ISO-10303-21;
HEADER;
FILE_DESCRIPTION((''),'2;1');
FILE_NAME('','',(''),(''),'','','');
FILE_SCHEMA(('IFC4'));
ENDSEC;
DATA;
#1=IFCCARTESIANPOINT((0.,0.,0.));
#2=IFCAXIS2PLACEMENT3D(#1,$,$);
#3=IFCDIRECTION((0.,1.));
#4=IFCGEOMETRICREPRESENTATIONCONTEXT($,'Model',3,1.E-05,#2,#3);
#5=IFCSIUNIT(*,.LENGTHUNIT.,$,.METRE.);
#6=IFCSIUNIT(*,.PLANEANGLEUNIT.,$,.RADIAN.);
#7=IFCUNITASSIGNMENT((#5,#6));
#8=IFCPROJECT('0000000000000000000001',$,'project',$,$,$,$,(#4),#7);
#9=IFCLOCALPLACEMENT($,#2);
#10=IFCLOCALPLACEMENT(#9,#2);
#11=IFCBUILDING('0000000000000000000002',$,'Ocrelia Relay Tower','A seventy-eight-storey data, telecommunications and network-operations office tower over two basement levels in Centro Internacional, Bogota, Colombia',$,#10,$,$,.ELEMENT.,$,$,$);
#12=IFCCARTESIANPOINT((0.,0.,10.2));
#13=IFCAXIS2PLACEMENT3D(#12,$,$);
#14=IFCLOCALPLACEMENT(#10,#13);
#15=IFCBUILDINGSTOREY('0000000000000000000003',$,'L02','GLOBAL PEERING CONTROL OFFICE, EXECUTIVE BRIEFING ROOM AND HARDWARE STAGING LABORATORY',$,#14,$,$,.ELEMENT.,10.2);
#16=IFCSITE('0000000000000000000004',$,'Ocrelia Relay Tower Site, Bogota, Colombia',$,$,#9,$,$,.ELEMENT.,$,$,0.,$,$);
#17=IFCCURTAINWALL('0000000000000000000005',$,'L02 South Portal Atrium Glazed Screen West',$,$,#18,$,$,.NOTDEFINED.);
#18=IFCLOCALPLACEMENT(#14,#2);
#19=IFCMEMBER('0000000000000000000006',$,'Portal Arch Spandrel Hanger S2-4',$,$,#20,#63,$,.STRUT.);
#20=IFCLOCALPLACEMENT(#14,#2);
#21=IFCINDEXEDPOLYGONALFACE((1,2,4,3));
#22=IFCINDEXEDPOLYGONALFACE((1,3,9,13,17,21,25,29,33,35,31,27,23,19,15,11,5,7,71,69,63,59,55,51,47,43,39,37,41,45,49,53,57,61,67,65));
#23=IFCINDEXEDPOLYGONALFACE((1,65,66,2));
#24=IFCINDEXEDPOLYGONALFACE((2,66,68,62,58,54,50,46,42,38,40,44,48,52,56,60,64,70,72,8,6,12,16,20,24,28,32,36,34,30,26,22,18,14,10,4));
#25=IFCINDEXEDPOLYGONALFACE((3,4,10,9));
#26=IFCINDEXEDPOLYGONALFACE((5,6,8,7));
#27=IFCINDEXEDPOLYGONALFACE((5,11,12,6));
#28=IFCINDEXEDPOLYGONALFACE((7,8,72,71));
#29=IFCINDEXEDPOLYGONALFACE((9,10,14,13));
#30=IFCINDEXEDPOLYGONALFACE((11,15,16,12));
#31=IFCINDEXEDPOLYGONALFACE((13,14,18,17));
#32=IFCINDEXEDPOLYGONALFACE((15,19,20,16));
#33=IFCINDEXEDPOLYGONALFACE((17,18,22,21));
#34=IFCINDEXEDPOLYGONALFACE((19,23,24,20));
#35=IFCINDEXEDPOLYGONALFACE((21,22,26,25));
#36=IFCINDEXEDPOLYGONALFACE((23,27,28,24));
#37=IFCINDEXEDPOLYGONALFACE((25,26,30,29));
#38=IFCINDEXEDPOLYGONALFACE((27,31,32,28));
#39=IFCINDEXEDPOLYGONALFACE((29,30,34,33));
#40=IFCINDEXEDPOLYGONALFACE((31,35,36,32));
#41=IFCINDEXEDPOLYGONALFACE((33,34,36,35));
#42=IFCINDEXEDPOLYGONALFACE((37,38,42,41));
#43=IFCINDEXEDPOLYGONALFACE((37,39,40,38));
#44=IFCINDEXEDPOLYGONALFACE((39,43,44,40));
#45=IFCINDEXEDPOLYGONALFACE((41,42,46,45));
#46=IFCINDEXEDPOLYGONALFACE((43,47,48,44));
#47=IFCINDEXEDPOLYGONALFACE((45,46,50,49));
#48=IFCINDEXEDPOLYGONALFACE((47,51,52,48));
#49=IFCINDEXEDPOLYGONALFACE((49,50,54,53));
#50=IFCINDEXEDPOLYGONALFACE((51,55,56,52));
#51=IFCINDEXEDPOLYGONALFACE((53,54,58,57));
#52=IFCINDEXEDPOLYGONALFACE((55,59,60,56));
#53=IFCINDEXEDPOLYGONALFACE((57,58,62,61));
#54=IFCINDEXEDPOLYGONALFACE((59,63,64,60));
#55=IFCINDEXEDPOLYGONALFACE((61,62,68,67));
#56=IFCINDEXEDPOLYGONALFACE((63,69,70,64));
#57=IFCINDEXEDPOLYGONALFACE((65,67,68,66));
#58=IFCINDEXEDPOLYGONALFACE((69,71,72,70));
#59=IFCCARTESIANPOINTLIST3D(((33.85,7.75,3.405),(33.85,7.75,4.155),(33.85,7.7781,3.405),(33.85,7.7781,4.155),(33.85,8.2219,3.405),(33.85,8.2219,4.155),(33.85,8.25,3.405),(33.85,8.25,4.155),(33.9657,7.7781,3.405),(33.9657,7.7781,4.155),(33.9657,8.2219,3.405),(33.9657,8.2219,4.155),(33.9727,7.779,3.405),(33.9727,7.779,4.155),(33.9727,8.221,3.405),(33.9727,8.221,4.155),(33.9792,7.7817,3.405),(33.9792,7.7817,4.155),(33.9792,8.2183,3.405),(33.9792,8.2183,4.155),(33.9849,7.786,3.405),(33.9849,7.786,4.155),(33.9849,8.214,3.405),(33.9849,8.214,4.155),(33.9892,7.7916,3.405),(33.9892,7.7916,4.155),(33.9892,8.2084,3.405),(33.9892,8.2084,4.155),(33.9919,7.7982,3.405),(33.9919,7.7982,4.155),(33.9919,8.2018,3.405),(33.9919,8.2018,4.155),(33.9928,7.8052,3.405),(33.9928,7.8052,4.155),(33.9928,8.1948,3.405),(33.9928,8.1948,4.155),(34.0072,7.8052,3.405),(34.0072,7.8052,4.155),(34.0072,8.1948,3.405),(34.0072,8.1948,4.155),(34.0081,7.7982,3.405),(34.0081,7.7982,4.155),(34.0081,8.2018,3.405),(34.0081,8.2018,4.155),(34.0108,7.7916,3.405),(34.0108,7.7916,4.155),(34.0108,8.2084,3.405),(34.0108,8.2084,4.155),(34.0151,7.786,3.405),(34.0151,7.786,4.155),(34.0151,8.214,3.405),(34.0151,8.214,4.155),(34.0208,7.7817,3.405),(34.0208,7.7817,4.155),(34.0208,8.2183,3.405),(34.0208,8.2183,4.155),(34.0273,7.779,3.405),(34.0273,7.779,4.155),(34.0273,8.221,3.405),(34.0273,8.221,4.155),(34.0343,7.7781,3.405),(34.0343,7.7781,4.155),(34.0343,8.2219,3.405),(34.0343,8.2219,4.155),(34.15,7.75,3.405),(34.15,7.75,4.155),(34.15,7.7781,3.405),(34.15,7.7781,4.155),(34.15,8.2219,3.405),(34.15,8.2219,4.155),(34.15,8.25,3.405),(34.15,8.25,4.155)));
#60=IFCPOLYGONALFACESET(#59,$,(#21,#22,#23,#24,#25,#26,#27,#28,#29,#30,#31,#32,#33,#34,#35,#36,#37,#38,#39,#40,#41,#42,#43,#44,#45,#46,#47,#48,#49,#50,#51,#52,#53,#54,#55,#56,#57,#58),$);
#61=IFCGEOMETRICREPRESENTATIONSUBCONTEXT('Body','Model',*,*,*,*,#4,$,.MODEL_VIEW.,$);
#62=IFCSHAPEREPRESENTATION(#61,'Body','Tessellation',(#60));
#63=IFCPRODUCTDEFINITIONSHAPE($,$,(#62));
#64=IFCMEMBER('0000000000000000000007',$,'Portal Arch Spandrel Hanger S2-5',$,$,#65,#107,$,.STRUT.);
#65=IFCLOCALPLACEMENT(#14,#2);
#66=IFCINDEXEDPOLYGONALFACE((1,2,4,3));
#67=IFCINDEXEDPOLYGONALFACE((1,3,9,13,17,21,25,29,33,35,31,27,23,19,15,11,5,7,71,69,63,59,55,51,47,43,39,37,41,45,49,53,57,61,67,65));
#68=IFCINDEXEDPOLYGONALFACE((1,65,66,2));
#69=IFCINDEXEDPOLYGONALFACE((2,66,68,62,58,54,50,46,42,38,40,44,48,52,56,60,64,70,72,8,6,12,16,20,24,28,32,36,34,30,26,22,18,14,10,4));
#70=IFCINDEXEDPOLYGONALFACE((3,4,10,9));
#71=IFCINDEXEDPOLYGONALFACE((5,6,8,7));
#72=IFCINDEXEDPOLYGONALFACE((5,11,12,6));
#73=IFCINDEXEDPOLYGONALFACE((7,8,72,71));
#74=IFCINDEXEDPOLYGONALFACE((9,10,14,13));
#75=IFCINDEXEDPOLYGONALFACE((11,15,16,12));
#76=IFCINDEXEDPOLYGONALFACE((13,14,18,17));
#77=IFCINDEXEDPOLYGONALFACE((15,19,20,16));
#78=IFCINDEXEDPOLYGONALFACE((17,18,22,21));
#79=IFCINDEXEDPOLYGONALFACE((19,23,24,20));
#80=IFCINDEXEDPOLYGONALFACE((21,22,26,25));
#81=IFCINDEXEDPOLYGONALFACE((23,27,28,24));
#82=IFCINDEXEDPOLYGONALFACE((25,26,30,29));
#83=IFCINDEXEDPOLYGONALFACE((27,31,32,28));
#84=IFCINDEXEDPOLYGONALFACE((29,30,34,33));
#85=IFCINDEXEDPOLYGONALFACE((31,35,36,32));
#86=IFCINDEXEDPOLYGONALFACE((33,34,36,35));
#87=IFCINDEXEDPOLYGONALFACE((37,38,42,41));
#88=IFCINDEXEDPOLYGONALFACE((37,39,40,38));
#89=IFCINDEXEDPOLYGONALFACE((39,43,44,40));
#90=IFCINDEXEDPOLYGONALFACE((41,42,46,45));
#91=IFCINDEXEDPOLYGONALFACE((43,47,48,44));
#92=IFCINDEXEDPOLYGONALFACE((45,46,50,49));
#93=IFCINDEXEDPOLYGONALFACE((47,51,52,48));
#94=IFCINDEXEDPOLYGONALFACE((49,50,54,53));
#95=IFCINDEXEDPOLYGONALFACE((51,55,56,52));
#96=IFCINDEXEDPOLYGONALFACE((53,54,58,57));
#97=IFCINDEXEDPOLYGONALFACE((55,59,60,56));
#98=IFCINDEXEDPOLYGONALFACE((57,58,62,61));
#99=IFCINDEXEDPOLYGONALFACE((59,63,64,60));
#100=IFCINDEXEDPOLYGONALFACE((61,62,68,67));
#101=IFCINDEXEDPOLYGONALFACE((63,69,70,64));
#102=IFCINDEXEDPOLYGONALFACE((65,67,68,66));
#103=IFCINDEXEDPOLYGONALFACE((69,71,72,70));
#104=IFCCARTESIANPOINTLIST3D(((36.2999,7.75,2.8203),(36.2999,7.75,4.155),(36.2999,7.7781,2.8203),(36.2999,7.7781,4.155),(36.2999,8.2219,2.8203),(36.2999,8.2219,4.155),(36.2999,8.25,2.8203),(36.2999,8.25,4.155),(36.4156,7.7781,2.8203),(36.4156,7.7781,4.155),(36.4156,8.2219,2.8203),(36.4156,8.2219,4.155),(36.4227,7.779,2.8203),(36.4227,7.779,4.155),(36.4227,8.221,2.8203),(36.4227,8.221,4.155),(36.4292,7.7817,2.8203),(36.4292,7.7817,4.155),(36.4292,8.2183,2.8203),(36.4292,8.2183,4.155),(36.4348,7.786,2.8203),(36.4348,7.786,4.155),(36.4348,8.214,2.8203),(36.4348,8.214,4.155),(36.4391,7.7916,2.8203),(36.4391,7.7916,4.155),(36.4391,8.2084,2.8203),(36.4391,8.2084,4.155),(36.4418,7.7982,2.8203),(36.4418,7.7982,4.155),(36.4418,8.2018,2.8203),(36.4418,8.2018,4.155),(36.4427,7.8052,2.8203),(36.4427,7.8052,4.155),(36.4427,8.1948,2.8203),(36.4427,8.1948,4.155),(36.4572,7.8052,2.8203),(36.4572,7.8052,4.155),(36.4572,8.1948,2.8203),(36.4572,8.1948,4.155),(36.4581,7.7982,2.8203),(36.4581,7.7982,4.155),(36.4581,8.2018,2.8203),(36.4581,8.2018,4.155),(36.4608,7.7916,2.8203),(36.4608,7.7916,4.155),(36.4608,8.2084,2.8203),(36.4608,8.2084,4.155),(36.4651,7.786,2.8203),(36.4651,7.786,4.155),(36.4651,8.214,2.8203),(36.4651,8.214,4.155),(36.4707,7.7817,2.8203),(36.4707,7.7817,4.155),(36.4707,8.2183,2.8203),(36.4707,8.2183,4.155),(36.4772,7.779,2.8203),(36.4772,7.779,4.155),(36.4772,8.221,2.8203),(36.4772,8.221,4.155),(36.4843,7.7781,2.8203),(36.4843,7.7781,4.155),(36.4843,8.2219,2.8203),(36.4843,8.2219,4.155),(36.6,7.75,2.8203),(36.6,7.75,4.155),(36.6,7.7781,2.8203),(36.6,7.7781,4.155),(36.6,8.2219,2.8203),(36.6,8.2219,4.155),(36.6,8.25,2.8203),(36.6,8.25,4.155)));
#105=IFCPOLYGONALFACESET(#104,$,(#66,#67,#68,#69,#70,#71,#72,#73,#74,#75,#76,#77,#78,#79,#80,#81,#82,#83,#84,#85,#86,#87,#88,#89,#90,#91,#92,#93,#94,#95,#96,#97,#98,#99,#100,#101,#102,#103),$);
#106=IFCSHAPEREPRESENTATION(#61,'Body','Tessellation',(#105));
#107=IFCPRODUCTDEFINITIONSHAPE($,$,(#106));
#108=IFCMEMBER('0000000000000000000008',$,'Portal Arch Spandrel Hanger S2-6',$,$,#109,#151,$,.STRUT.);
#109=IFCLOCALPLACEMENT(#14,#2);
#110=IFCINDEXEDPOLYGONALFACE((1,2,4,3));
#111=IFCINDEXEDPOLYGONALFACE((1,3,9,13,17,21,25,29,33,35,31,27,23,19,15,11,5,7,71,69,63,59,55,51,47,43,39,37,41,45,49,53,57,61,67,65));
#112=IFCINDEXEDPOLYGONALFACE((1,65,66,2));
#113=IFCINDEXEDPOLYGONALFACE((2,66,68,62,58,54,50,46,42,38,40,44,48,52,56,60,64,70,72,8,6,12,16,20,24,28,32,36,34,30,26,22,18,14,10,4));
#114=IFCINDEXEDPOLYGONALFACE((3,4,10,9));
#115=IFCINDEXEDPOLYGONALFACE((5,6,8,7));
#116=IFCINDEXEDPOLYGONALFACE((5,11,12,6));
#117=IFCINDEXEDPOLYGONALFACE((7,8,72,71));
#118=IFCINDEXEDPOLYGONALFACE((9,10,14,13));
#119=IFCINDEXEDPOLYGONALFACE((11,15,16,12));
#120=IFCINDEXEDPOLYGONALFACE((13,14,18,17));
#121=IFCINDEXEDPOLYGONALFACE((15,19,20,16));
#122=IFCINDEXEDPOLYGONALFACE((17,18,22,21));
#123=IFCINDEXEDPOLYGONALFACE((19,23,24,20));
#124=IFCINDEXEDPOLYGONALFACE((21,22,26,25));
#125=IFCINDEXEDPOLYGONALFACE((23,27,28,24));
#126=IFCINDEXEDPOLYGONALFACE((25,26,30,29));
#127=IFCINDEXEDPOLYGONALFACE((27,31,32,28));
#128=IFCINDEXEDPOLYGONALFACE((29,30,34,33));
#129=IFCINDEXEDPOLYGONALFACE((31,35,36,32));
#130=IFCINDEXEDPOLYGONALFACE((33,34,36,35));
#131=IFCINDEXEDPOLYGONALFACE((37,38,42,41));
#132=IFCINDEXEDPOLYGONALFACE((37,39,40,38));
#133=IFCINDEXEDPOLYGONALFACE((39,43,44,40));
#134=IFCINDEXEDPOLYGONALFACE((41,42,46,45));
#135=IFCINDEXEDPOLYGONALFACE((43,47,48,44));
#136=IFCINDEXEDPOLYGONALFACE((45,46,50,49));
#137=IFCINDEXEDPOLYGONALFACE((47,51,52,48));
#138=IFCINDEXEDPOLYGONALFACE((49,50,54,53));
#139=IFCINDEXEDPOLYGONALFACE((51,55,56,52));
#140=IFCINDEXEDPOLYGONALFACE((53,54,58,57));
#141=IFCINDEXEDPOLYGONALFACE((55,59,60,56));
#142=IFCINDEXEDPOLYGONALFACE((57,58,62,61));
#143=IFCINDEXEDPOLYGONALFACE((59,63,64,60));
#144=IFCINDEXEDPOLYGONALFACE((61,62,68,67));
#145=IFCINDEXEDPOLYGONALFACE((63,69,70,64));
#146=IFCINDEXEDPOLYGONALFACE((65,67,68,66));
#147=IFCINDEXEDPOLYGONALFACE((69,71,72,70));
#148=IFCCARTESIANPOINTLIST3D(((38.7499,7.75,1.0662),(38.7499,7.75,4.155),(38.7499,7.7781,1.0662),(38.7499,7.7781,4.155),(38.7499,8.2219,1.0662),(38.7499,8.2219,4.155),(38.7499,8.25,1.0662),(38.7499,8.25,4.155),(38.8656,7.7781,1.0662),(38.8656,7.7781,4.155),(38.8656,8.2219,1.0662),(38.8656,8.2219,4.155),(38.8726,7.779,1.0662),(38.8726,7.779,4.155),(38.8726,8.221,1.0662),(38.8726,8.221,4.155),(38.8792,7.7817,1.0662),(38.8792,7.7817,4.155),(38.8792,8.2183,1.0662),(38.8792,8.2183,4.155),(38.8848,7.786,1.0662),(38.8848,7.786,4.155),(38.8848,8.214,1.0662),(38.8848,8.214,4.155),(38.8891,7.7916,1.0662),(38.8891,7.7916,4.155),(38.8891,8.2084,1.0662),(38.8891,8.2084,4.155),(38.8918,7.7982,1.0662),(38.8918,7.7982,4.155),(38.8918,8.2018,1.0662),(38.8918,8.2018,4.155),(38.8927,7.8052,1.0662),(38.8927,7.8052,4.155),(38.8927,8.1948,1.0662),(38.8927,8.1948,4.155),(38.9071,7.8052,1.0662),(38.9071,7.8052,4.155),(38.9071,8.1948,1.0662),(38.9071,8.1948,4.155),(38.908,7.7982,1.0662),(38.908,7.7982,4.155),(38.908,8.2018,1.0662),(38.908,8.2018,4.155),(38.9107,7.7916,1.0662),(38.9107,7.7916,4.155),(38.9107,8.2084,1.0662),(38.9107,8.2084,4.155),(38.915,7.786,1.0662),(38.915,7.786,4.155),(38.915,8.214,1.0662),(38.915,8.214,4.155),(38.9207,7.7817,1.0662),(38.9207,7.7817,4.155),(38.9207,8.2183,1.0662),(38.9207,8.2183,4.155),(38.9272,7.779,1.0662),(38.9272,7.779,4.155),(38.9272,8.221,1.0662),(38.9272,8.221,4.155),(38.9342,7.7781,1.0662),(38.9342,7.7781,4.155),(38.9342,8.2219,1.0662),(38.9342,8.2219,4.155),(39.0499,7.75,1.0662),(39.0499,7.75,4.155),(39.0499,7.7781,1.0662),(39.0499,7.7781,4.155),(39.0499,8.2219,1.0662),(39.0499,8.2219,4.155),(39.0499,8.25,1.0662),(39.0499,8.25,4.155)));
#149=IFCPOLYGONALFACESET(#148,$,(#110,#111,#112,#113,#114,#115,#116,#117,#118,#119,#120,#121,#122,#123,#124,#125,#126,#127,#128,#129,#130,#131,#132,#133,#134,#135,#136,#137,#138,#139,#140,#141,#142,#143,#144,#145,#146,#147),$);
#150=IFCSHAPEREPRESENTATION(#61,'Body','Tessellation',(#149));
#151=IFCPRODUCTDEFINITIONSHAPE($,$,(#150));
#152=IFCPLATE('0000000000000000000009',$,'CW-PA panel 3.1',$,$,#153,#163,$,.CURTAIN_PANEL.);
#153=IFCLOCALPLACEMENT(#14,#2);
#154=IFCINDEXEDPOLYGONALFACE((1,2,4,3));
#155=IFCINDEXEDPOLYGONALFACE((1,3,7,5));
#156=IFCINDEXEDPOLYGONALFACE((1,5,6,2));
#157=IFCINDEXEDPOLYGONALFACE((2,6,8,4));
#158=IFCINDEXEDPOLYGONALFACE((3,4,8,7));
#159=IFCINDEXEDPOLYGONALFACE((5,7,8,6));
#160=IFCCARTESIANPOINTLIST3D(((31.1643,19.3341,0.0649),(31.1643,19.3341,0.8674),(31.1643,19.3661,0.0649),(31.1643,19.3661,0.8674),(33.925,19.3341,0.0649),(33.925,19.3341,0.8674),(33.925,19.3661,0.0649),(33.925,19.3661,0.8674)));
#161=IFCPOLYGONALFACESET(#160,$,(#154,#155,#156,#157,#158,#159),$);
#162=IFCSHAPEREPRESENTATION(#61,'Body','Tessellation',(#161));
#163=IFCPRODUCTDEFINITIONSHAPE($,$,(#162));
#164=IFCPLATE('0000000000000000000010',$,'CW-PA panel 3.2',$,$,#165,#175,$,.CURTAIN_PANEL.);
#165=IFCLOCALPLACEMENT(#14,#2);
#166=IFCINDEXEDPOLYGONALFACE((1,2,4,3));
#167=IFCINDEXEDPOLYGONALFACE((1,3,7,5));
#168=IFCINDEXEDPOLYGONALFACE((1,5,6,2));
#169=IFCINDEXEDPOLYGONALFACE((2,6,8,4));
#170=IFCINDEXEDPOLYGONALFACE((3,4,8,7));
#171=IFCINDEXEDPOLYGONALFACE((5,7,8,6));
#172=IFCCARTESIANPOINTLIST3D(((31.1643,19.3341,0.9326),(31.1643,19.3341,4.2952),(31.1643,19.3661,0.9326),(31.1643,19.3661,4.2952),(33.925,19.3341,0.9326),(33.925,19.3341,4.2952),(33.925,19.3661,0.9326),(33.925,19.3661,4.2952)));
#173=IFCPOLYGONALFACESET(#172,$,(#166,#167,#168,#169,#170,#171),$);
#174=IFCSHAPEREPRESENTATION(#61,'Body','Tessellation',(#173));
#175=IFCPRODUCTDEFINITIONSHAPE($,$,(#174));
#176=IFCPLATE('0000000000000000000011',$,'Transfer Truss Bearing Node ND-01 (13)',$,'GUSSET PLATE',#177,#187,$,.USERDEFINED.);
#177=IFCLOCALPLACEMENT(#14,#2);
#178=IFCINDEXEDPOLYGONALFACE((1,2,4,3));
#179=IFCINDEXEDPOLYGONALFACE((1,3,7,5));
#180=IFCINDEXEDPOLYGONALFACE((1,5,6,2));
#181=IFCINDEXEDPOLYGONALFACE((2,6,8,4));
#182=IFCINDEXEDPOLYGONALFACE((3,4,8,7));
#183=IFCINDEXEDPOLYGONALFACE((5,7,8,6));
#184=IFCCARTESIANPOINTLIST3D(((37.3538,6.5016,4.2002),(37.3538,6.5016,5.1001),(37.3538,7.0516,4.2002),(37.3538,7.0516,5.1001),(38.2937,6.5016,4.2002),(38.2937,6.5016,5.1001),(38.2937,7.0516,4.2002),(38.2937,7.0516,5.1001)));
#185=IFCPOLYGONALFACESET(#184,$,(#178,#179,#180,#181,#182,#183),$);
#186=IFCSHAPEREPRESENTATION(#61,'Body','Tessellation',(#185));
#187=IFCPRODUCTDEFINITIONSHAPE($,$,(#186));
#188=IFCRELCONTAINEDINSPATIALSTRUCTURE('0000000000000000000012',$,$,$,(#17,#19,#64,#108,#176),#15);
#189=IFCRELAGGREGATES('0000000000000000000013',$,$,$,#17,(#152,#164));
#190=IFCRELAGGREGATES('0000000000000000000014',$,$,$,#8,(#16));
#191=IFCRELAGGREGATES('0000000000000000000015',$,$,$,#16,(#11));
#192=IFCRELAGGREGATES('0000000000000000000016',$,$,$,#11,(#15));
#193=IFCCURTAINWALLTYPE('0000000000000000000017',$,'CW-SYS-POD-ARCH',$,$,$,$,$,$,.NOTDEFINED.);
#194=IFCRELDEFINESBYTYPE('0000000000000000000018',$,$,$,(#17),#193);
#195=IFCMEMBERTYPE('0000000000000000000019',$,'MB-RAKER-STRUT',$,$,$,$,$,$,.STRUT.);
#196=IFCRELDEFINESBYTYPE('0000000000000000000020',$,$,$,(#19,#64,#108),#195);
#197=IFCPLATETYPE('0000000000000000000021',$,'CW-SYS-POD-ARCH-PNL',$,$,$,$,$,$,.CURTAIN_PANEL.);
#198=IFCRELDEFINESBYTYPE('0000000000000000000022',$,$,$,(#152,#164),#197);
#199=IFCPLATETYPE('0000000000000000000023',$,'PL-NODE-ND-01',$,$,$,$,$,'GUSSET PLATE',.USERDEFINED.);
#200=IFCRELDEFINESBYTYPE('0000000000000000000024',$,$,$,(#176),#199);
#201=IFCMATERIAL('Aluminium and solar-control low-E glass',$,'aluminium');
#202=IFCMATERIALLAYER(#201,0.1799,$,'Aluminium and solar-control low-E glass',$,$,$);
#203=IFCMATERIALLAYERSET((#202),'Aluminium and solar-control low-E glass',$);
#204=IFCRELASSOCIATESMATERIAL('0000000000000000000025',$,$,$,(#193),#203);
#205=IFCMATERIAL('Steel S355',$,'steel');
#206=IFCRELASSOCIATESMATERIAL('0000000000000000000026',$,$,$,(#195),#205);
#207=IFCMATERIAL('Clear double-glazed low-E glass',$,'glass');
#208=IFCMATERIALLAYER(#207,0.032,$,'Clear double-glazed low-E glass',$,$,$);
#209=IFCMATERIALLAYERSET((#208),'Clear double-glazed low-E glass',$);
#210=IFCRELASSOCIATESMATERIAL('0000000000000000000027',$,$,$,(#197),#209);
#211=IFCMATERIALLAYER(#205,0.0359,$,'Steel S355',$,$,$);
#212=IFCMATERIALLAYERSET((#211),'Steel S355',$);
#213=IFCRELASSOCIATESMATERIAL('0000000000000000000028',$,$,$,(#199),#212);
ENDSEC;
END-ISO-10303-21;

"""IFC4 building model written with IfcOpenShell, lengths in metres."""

from ifc_helpers import new_model, si_unit, direction, frame, origin, origin_2d, place, context, subcontext, project, spatial, rectangle, i_section, extrude, material, layer, layer_set, material_profile, profile_set, type_object, element, aggregate, save


model = new_model("IFC4")

# Units and contexts
model_context = context("Model", 3, precision=1e-05, world=origin(), true_north=direction((0.0, 1.0)))
body_context = subcontext(model_context, "Body", "Model", "MODEL_VIEW")
ifc_project = project(units=[si_unit("LENGTHUNIT", "METRE"), si_unit("PLANEANGLEUNIT", "RADIAN")], contexts=[model_context])

# Site, building, storey
site_placement = place(None, origin())
site = spatial("IfcSite", under=ifc_project, at=site_placement, Name="Ocrelia Relay Tower Site, Bogota, Colombia", CompositionType="ELEMENT", RefElevation=0.0)
building_placement = place(site_placement, origin())
building = spatial("IfcBuilding", under=site, at=building_placement, Name="Ocrelia Relay Tower", Description="A seventy-eight-storey data, telecommunications and network-operations office tower over two basement levels in Centro Internacional, Bogota, Colombia", CompositionType="ELEMENT")
storey_placement = place(building_placement, frame((0.0, 0.0, 10.2)))
storey = spatial("IfcBuildingStorey", under=building, at=storey_placement, Name="L02", Description="GLOBAL PEERING CONTROL OFFICE, EXECUTIVE BRIEFING ROOM AND HARDWARE STAGING LABORATORY", CompositionType="ELEMENT", Elevation=10.2)

# Shared definitions
ifc_material_1 = material(Name="Steel S355", Category="steel")

# Curtain wall
ifc_material_2 = material(Name="Aluminium and solar-control low-E glass", Category="aluminium")
ifc_layer_1 = layer(ifc_material_2, 0.1799, Name="Aluminium and solar-control low-E glass")
ifc_layer_set_1 = layer_set([ifc_layer_1], Name="Aluminium and solar-control low-E glass")
curtain_wall_type = type_object("IfcCurtainWallType", Name="CW-SYS-POD-ARCH", PredefinedType="NOTDEFINED", material=ifc_layer_set_1)
curtain_wall_1_placement = place(storey_placement, origin())
curtain_wall_1 = element("IfcCurtainWall", 1, at=curtain_wall_1_placement, inside=storey, type_object=curtain_wall_type, Name="L02 South Portal Atrium Glazed Screen West", PredefinedType="NOTDEFINED")

# Members
ifc_material_profile_1 = material_profile(ifc_material_1, i_section(OverallWidth=0.3, OverallDepth=0.5, WebThickness=0.0144, FlangeThickness=0.0281, FilletRadius=0.0271, at=origin_2d()), Name="HEB 500")
ifc_profile_set_1 = profile_set([ifc_material_profile_1], Name="Steel S355")
member_type_1 = type_object("IfcMemberType", Name="MB-RAKER-STRUT", PredefinedType="STRUT", material=ifc_profile_set_1)
member_1_placement = place(storey_placement, frame((34.0, 8.0, 3.405), z_axis=(0.0, 0.0, 1.0), x_axis=(1.0, 0.0, 0.0)))
element("IfcMember", 2, at=member_1_placement, inside=storey, type_object=member_type_1, Name="Portal Arch Spandrel Hanger S2-4", PredefinedType="STRUT", context=body_context, shape_type="SweptSolid", body=[
    extrude(i_section(OverallWidth=0.3, OverallDepth=0.5, WebThickness=0.0144, FlangeThickness=0.0281, FilletRadius=0.0271, at=origin_2d()), origin(), (0.0, 0.0, 1.0), 0.75),
])
member_2_placement = place(storey_placement, frame((36.45, 8.0, 2.8203), z_axis=(0.0, 0.0, 1.0), x_axis=(1.0, 0.0, 0.0)))
element("IfcMember", 3, at=member_2_placement, inside=storey, type_object=member_type_1, Name="Portal Arch Spandrel Hanger S2-5", PredefinedType="STRUT", context=body_context, shape_type="SweptSolid", body=[
    extrude(i_section(OverallWidth=0.3, OverallDepth=0.5, WebThickness=0.0144, FlangeThickness=0.0281, FilletRadius=0.0271, at=origin_2d()), origin(), (0.0, 0.0, 1.0), 1.3347),
])
member_3_placement = place(storey_placement, frame((38.8999, 8.0, 1.0662), z_axis=(0.0, 0.0, 1.0), x_axis=(1.0, 0.0, 0.0)))
element("IfcMember", 4, at=member_3_placement, inside=storey, type_object=member_type_1, Name="Portal Arch Spandrel Hanger S2-6", PredefinedType="STRUT", context=body_context, shape_type="SweptSolid", body=[
    extrude(i_section(OverallWidth=0.3, OverallDepth=0.5, WebThickness=0.0144, FlangeThickness=0.0281, FilletRadius=0.0271, at=origin_2d()), origin(), (0.0, 0.0, 1.0), 3.0889),
])

# Plates
ifc_material_3 = material(Name="Clear double-glazed low-E glass", Category="glass")
ifc_layer_2 = layer(ifc_material_3, 0.032, Name="Clear double-glazed low-E glass")
ifc_layer_set_2 = layer_set([ifc_layer_2], Name="Clear double-glazed low-E glass")
plate_type_1 = type_object("IfcPlateType", Name="CW-SYS-POD-ARCH-PNL", PredefinedType="CURTAIN_PANEL", material=ifc_layer_set_2)
plate_1_placement = place(storey_placement, frame((32.5447, 19.3501, 0.0649), z_axis=(0.0, 0.0, 1.0), x_axis=(1.0, 0.0, 0.0)))
plate_1 = element("IfcPlate", 5, at=plate_1_placement, type_object=plate_type_1, Name="CW-PA panel 3.1", PredefinedType="CURTAIN_PANEL", context=body_context, shape_type="SweptSolid", body=[
    extrude(rectangle(XDim=2.7607, YDim=0.032, at=origin_2d()), origin(), (0.0, 0.0, 1.0), 0.8025),
])
plate_2_placement = place(storey_placement, frame((32.5447, 19.3501, 0.9326), z_axis=(0.0, 0.0, 1.0), x_axis=(1.0, 0.0, 0.0)))
plate_2 = element("IfcPlate", 6, at=plate_2_placement, type_object=plate_type_1, Name="CW-PA panel 3.2", PredefinedType="CURTAIN_PANEL", context=body_context, shape_type="SweptSolid", body=[
    extrude(rectangle(XDim=2.7607, YDim=0.032, at=origin_2d()), origin(), (0.0, 0.0, 1.0), 3.3625),
])
aggregate(curtain_wall_1, [plate_1, plate_2])
ifc_layer_3 = layer(ifc_material_1, 0.0359, Name="Steel S355")
ifc_layer_set_3 = layer_set([ifc_layer_3], Name="Steel S355")
plate_type_2 = type_object("IfcPlateType", Name="PL-NODE-ND-01", ElementType="GUSSET PLATE", PredefinedType="USERDEFINED", material=ifc_layer_set_3)
plate_3_placement = place(storey_placement, frame((37.8237, 6.7766, 4.2002), z_axis=(0.0, 0.0, 1.0), x_axis=(1.0, 0.0, 0.0)))
element("IfcPlate", 7, at=plate_3_placement, inside=storey, type_object=plate_type_2, Name="Transfer Truss Bearing Node ND-01 (13)", ObjectType="GUSSET PLATE", PredefinedType="USERDEFINED", context=body_context, shape_type="SweptSolid", body=[
    extrude(rectangle(XDim=0.9399, YDim=0.55, at=origin_2d()), origin(), (0.0, 0.0, 1.0), 0.8999),
])

save(model, "model.ifc")
